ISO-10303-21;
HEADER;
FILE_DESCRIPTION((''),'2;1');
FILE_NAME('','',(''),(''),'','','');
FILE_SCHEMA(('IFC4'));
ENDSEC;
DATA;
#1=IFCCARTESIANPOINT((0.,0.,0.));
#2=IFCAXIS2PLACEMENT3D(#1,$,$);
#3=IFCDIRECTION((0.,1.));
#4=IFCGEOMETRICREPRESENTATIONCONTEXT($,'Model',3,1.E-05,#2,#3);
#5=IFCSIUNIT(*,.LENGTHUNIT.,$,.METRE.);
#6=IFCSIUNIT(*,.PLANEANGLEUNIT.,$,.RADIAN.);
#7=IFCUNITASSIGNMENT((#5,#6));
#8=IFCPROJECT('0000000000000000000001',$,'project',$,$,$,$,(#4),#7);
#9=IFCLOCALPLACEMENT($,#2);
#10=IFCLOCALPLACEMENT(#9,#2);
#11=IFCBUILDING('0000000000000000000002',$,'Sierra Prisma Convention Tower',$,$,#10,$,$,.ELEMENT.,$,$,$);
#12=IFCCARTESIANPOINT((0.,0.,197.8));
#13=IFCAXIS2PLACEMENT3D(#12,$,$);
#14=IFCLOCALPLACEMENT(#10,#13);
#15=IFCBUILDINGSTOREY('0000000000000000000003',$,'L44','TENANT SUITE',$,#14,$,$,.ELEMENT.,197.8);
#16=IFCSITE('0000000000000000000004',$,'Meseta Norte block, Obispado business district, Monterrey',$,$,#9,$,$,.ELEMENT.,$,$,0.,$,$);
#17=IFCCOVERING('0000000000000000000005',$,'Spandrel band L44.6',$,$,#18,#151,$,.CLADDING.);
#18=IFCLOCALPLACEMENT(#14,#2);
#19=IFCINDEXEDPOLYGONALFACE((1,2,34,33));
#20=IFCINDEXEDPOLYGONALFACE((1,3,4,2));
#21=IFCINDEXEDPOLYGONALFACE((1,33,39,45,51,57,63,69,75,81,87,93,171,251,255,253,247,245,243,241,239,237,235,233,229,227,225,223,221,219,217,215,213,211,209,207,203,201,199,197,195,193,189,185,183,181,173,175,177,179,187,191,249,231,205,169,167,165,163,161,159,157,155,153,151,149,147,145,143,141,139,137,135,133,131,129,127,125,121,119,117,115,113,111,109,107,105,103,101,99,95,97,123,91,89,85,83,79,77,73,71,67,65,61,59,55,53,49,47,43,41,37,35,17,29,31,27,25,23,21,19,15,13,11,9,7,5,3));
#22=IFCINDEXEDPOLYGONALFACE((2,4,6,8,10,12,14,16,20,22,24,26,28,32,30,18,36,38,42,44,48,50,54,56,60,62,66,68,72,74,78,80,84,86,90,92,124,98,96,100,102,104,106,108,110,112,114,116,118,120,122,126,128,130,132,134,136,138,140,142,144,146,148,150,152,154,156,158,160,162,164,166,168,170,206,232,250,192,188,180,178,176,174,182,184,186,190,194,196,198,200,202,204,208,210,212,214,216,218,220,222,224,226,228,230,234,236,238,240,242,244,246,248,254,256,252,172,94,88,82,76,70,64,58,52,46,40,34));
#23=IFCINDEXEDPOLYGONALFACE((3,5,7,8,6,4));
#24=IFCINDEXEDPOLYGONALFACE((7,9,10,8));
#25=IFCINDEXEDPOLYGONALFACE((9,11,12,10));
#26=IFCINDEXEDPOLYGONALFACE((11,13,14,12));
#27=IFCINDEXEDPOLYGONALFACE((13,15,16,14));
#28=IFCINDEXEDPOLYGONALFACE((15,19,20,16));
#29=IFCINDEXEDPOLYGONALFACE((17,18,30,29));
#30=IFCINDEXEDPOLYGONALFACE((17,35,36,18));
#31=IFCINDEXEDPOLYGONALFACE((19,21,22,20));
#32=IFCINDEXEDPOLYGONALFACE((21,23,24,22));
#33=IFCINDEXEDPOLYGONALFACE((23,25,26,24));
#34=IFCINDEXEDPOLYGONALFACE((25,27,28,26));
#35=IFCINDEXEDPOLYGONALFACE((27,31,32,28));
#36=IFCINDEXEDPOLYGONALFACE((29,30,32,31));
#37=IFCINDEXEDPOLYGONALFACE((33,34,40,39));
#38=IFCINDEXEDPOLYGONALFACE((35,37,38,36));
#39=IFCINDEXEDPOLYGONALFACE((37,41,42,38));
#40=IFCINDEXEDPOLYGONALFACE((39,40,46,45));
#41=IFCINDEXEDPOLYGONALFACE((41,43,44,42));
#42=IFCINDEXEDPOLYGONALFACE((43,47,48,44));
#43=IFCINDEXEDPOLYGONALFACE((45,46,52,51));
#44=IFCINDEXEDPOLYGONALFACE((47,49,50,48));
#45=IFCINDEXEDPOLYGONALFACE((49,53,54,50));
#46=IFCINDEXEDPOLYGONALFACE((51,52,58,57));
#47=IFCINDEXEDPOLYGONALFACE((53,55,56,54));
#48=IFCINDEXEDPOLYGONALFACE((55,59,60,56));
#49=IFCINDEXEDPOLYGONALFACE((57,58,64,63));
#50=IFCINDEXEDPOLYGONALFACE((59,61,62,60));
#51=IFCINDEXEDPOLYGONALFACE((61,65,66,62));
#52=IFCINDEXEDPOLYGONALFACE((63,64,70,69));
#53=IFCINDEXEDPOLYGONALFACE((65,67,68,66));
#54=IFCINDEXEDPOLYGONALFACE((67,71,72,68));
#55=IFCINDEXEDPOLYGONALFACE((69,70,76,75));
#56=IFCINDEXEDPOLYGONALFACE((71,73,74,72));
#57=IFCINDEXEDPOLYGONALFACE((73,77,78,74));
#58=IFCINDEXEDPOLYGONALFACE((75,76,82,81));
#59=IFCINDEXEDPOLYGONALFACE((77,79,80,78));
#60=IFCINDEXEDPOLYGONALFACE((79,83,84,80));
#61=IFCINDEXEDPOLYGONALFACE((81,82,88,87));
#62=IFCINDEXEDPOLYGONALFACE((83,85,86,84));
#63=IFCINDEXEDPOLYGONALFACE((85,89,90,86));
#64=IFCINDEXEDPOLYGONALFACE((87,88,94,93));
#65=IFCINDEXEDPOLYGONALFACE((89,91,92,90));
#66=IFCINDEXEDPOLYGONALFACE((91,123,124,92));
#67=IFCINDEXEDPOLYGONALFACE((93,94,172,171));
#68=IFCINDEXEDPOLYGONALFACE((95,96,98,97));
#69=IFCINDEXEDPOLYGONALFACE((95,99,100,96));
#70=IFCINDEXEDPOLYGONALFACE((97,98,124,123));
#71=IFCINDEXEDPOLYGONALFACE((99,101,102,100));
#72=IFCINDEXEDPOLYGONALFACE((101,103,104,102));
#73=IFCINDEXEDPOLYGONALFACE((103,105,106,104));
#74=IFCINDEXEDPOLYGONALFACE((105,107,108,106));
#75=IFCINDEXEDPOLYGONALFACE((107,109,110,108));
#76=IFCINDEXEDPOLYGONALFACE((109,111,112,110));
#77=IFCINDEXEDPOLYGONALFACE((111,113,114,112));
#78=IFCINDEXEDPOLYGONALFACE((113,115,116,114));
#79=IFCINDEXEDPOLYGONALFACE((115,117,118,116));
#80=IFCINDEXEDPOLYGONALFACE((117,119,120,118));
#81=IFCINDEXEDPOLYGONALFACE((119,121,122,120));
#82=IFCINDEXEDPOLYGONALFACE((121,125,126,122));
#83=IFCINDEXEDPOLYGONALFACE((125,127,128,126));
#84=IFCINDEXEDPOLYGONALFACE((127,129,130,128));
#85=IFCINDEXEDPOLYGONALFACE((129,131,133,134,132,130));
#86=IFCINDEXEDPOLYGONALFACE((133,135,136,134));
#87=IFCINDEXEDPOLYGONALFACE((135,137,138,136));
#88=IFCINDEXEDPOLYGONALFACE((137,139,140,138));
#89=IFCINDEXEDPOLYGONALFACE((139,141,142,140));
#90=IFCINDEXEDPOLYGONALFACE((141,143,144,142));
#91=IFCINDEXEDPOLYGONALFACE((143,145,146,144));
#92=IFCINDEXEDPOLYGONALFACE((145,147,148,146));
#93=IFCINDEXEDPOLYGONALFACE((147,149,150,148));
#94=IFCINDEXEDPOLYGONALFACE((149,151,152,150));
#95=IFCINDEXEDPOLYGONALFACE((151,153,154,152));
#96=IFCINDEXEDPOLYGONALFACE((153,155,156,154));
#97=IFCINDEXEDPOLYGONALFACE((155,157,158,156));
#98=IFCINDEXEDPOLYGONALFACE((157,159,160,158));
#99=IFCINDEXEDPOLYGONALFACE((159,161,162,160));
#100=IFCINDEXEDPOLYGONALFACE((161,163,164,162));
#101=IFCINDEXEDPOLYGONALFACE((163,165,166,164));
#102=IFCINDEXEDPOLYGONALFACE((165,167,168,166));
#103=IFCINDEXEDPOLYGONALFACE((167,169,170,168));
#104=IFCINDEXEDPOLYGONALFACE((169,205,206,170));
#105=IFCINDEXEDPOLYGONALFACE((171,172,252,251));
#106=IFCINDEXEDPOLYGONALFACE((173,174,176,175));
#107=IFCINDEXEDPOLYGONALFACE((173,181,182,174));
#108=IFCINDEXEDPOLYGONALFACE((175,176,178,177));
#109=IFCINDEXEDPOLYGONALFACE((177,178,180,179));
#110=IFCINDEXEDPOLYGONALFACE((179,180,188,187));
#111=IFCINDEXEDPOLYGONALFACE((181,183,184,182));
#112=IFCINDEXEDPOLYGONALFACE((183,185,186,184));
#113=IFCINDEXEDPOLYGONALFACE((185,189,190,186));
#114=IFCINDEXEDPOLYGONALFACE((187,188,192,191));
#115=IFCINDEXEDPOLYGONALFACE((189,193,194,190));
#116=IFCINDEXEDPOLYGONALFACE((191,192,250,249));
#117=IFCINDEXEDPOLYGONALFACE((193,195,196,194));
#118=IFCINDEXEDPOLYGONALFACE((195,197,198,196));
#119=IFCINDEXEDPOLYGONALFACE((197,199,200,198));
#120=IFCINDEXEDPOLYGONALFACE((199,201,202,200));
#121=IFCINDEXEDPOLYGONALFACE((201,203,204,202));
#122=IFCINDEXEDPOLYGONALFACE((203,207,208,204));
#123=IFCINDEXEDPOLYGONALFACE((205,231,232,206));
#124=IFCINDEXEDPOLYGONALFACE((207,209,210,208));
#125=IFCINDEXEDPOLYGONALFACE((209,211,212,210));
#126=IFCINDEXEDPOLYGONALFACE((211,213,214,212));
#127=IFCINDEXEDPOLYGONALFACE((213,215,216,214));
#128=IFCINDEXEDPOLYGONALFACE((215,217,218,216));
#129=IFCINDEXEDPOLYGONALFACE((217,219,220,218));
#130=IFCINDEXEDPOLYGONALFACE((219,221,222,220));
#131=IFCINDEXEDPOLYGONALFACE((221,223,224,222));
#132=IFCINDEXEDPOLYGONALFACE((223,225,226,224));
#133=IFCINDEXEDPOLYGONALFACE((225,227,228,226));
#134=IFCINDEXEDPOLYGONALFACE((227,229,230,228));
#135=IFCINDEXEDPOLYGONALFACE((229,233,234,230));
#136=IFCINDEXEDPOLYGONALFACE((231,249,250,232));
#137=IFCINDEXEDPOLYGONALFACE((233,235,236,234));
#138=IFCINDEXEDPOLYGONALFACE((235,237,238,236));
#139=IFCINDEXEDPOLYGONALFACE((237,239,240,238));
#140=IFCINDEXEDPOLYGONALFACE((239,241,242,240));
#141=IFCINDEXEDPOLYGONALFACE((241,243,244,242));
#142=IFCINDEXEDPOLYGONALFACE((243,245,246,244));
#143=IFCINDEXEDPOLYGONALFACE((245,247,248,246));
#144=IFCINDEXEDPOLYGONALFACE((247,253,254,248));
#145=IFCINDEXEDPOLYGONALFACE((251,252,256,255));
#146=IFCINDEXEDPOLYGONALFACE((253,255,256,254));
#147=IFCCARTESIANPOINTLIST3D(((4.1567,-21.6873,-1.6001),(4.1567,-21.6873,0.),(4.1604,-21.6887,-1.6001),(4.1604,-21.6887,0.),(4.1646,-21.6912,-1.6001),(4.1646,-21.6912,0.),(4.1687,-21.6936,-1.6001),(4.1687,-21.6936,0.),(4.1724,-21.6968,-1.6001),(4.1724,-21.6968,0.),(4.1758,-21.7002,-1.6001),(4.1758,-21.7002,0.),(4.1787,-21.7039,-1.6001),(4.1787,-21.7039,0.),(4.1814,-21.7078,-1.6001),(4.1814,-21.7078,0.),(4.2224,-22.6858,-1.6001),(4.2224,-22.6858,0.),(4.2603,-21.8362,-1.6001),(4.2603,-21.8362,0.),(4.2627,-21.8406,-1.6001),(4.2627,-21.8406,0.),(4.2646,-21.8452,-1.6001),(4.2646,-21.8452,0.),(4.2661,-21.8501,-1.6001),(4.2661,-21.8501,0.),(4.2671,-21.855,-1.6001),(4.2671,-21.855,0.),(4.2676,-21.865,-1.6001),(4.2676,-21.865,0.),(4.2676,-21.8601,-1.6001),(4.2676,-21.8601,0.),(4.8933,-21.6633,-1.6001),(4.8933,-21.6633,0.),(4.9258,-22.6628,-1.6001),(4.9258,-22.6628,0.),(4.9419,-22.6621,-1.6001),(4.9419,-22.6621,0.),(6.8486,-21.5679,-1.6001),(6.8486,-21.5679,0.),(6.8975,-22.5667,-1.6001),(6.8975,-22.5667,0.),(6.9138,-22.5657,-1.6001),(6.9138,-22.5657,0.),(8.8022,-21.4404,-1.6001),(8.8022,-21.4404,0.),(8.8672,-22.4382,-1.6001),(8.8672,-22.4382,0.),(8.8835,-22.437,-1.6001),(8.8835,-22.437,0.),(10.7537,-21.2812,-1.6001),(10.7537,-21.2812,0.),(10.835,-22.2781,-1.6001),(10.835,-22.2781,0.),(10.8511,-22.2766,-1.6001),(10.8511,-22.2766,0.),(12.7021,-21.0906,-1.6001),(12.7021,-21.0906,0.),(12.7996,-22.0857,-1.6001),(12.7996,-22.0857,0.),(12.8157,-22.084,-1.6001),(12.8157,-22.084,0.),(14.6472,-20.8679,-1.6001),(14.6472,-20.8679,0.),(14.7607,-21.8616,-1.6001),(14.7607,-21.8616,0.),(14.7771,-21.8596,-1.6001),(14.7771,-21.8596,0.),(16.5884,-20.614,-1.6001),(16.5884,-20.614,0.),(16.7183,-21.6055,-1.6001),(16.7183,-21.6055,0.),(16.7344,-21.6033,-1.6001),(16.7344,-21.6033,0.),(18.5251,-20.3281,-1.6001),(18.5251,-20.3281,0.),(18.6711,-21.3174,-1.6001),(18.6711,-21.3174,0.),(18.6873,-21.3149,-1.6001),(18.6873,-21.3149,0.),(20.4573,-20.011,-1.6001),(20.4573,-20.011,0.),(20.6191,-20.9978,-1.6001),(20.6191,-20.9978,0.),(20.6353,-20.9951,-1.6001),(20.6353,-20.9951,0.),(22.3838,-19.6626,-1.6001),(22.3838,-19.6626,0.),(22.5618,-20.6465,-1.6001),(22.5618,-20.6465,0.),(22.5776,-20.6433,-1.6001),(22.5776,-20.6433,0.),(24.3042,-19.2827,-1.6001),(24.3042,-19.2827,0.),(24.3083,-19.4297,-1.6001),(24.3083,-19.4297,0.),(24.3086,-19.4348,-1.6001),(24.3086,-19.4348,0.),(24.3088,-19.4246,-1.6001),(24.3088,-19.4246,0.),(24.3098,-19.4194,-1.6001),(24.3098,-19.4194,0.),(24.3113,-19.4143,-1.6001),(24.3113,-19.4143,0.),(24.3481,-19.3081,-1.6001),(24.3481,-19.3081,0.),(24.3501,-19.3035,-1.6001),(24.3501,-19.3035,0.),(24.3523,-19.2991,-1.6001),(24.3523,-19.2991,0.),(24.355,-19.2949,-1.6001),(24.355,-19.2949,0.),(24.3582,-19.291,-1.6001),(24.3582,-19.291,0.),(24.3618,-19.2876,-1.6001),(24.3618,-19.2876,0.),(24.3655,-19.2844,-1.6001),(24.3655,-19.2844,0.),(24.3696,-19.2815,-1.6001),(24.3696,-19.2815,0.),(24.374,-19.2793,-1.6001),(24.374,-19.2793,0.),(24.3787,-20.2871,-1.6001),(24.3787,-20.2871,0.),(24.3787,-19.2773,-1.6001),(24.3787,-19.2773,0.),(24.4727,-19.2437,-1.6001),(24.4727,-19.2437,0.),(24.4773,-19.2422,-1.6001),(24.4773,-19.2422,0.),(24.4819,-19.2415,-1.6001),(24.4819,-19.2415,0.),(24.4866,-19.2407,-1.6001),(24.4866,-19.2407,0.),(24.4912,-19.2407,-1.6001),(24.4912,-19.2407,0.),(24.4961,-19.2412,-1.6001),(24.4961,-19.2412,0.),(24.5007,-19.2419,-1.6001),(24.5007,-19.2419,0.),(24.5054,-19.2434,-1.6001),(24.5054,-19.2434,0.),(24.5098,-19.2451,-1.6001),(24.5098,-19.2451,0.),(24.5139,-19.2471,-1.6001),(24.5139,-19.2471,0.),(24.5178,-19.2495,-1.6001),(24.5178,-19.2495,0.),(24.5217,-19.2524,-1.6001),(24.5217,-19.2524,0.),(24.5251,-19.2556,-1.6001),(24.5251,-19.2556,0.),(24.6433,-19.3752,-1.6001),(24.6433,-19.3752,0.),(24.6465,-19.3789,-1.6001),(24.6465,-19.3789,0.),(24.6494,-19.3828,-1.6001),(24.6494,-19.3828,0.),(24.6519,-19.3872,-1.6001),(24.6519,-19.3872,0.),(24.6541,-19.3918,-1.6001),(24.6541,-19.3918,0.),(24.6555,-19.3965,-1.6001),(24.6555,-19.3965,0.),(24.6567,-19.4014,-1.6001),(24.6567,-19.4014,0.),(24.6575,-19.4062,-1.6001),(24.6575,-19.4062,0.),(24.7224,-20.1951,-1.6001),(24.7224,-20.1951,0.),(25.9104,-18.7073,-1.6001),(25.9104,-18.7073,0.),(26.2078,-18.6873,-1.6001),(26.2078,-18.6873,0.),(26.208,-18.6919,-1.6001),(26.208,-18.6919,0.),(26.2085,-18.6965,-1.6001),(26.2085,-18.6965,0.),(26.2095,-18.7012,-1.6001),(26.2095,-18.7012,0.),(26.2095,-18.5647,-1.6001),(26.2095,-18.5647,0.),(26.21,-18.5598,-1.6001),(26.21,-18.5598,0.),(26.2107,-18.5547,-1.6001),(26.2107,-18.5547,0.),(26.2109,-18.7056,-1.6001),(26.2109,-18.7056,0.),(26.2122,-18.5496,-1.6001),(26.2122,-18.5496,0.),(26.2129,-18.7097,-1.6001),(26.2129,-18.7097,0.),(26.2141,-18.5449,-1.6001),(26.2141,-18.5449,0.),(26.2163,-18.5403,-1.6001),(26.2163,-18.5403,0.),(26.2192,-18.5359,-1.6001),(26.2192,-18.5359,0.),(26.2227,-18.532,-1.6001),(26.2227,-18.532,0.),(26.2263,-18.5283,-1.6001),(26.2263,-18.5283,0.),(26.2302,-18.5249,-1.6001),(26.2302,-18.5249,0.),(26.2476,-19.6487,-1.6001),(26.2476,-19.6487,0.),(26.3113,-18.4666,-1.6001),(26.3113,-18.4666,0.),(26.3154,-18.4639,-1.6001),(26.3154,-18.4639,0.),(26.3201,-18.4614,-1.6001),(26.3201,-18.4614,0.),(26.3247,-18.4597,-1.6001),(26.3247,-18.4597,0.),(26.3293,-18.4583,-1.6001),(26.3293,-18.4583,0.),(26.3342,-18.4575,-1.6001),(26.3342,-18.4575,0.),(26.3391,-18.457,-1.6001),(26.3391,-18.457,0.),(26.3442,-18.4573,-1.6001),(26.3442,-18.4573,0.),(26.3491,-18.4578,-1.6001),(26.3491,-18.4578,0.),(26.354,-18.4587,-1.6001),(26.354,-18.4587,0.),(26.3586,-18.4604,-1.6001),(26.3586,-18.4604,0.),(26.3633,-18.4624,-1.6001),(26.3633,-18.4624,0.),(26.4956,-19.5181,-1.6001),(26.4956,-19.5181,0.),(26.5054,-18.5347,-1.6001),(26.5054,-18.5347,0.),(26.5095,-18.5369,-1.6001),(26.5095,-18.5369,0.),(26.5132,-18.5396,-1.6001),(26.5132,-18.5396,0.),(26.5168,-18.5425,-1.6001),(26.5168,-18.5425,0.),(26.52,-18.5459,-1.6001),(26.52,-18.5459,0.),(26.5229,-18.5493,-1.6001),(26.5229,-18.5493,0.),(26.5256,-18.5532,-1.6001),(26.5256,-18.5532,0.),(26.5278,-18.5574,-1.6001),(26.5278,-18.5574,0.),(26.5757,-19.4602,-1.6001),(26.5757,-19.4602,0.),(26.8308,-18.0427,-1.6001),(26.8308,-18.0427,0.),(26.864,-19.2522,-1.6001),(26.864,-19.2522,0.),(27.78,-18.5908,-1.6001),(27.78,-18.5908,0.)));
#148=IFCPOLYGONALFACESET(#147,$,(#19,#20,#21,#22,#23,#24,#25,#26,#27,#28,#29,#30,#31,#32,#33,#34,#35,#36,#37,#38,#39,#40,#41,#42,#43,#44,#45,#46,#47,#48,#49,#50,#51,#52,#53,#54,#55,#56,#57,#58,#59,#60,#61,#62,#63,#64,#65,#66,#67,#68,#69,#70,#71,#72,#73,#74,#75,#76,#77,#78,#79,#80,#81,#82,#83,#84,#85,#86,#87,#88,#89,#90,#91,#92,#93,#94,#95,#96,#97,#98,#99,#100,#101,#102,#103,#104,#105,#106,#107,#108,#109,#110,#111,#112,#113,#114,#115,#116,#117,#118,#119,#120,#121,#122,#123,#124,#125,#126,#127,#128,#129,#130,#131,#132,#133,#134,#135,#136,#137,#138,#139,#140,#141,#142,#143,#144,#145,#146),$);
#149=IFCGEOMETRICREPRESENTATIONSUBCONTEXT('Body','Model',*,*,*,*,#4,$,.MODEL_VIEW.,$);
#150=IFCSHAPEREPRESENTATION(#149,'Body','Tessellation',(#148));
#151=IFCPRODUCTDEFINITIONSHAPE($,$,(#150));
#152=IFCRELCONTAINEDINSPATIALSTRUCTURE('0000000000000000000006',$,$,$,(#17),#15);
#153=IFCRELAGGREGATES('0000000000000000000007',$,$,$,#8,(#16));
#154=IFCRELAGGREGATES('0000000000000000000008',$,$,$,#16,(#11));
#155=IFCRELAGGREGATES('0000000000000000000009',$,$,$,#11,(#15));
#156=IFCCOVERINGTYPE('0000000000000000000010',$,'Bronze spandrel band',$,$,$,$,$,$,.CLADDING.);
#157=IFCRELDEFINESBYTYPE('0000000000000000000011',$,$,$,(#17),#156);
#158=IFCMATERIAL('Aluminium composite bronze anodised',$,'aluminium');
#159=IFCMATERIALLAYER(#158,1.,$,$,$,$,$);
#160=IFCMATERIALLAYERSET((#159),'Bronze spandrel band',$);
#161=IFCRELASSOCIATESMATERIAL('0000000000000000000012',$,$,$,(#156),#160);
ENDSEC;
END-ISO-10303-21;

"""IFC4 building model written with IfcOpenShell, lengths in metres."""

from ifc_helpers import new_model, si_unit, direction, frame, origin, place, context, subcontext, project, spatial, polyline, outline, extrude, material, layer, layer_set, type_object, element, save


model = new_model("IFC4")

# Units and contexts
model_context = context("Model", 3, precision=1e-05, world=origin(), true_north=direction((0.0, 1.0)))
body_context = subcontext(model_context, "Body", "Model", "MODEL_VIEW")
ifc_project = project(units=[si_unit("LENGTHUNIT", "METRE"), si_unit("PLANEANGLEUNIT", "RADIAN")], contexts=[model_context])

# Site, building, storey
site_placement = place(None, origin())
site = spatial("IfcSite", under=ifc_project, at=site_placement, Name="Meseta Norte block, Obispado business district, Monterrey", CompositionType="ELEMENT", RefElevation=0.0)
building_placement = place(site_placement, origin())
building = spatial("IfcBuilding", under=site, at=building_placement, Name="Sierra Prisma Convention Tower", CompositionType="ELEMENT")
storey_placement = place(building_placement, frame((0.0, 0.0, 197.8)))
storey = spatial("IfcBuildingStorey", under=building, at=storey_placement, Name="L44", Description="TENANT SUITE", CompositionType="ELEMENT", Elevation=197.8)

# Covering
ifc_material_1 = material(Name="Aluminium composite bronze anodised", Category="aluminium")
ifc_layer_1 = layer(ifc_material_1, 1.0)
ifc_layer_set_1 = layer_set([ifc_layer_1], Name="Bronze spandrel band")
covering_type_1 = type_object("IfcCoveringType", Name="Bronze spandrel band", PredefinedType="CLADDING", material=ifc_layer_set_1)
covering_1_placement = place(storey_placement, frame((0.0, 0.0, -1.6001)))
element("IfcCovering", 1, at=covering_1_placement, inside=storey, type_object=covering_type_1, Name="Spandrel band L44.6", PredefinedType="CLADDING", context=body_context, shape_type="SweptSolid", body=[
    extrude(outline(polyline([(26.5229, -18.5493), (26.52, -18.5459), (26.5168, -18.5425), (26.5132, -18.5396), (26.5095, -18.5369), (26.5054, -18.5347), (26.3633, -18.4624), (26.3586, -18.4604), (26.354, -18.4587), (26.3491, -18.4578), (26.3442, -18.4573), (26.3391, -18.457), (26.3342, -18.4575), (26.3293, -18.4583), (26.3247, -18.4597), (26.3201, -18.4614), (26.3154, -18.4639), (26.3113, -18.4666), (26.2302, -18.5249), (26.2263, -18.5283), (26.2227, -18.532), (26.2192, -18.5359), (26.2163, -18.5403), (26.2141, -18.5449), (26.2122, -18.5496), (26.2107, -18.5547), (26.21, -18.5598), (26.2095, -18.5647), (26.2078, -18.6873), (26.208, -18.6919), (26.2085, -18.6965), (26.2095, -18.7012), (26.2109, -18.7056), (26.2129, -18.7097), (26.5757, -19.4602), (26.4956, -19.5181), (26.2476, -19.6487), (24.7224, -20.1951), (24.6575, -19.4062), (24.6567, -19.4014), (24.6555, -19.3965), (24.6541, -19.3918), (24.6519, -19.3872), (24.6494, -19.3828), (24.6465, -19.3789), (24.6433, -19.3752), (24.5251, -19.2556), (24.5217, -19.2524), (24.5178, -19.2495), (24.5139, -19.2471), (24.5098, -19.2451), (24.5054, -19.2434), (24.5007, -19.2419), (24.4961, -19.2412), (24.4912, -19.2407), (24.4866, -19.2407), (24.4819, -19.2415), (24.4773, -19.2422), (24.4727, -19.2437), (24.3787, -19.2773), (24.374, -19.2793), (24.3696, -19.2815), (24.3655, -19.2844), (24.3618, -19.2876), (24.3582, -19.291), (24.355, -19.2949), (24.3523, -19.2991), (24.3501, -19.3035), (24.3481, -19.3081), (24.3113, -19.4143), (24.3098, -19.4194), (24.3088, -19.4246), (24.3083, -19.4297), (24.3086, -19.4348), (24.3787, -20.2871), (22.5776, -20.6433), (22.5618, -20.6465), (20.6353, -20.9951), (20.6191, -20.9978), (18.6873, -21.3149), (18.6711, -21.3174), (16.7344, -21.6033), (16.7183, -21.6055), (14.7771, -21.8596), (14.7607, -21.8616), (12.8157, -22.084), (12.7996, -22.0857), (10.8511, -22.2766), (10.835, -22.2781), (8.8835, -22.437), (8.8672, -22.4382), (6.9138, -22.5657), (6.8975, -22.5667), (4.9419, -22.6621), (4.9258, -22.6628), (4.2224, -22.6858), (4.2676, -21.865), (4.2676, -21.8601), (4.2671, -21.855), (4.2661, -21.8501), (4.2646, -21.8452), (4.2627, -21.8406), (4.2603, -21.8362), (4.1814, -21.7078), (4.1787, -21.7039), (4.1758, -21.7002), (4.1724, -21.6968), (4.1687, -21.6936), (4.1646, -21.6912), (4.1604, -21.6887), (4.1567, -21.6873), (4.8933, -21.6633), (6.8486, -21.5679), (8.8022, -21.4404), (10.7537, -21.2812), (12.7021, -21.0906), (14.6472, -20.8679), (16.5884, -20.614), (18.5251, -20.3281), (20.4573, -20.011), (22.3838, -19.6626), (24.3042, -19.2827), (25.9104, -18.7073), (26.8308, -18.0427), (27.78, -18.5908), (26.864, -19.2522), (26.5278, -18.5574), (26.5256, -18.5532), (26.5229, -18.5493)])), origin(), (0.0, 0.0, 1.0), 1.6001),
])

save(model, "model.ifc")
